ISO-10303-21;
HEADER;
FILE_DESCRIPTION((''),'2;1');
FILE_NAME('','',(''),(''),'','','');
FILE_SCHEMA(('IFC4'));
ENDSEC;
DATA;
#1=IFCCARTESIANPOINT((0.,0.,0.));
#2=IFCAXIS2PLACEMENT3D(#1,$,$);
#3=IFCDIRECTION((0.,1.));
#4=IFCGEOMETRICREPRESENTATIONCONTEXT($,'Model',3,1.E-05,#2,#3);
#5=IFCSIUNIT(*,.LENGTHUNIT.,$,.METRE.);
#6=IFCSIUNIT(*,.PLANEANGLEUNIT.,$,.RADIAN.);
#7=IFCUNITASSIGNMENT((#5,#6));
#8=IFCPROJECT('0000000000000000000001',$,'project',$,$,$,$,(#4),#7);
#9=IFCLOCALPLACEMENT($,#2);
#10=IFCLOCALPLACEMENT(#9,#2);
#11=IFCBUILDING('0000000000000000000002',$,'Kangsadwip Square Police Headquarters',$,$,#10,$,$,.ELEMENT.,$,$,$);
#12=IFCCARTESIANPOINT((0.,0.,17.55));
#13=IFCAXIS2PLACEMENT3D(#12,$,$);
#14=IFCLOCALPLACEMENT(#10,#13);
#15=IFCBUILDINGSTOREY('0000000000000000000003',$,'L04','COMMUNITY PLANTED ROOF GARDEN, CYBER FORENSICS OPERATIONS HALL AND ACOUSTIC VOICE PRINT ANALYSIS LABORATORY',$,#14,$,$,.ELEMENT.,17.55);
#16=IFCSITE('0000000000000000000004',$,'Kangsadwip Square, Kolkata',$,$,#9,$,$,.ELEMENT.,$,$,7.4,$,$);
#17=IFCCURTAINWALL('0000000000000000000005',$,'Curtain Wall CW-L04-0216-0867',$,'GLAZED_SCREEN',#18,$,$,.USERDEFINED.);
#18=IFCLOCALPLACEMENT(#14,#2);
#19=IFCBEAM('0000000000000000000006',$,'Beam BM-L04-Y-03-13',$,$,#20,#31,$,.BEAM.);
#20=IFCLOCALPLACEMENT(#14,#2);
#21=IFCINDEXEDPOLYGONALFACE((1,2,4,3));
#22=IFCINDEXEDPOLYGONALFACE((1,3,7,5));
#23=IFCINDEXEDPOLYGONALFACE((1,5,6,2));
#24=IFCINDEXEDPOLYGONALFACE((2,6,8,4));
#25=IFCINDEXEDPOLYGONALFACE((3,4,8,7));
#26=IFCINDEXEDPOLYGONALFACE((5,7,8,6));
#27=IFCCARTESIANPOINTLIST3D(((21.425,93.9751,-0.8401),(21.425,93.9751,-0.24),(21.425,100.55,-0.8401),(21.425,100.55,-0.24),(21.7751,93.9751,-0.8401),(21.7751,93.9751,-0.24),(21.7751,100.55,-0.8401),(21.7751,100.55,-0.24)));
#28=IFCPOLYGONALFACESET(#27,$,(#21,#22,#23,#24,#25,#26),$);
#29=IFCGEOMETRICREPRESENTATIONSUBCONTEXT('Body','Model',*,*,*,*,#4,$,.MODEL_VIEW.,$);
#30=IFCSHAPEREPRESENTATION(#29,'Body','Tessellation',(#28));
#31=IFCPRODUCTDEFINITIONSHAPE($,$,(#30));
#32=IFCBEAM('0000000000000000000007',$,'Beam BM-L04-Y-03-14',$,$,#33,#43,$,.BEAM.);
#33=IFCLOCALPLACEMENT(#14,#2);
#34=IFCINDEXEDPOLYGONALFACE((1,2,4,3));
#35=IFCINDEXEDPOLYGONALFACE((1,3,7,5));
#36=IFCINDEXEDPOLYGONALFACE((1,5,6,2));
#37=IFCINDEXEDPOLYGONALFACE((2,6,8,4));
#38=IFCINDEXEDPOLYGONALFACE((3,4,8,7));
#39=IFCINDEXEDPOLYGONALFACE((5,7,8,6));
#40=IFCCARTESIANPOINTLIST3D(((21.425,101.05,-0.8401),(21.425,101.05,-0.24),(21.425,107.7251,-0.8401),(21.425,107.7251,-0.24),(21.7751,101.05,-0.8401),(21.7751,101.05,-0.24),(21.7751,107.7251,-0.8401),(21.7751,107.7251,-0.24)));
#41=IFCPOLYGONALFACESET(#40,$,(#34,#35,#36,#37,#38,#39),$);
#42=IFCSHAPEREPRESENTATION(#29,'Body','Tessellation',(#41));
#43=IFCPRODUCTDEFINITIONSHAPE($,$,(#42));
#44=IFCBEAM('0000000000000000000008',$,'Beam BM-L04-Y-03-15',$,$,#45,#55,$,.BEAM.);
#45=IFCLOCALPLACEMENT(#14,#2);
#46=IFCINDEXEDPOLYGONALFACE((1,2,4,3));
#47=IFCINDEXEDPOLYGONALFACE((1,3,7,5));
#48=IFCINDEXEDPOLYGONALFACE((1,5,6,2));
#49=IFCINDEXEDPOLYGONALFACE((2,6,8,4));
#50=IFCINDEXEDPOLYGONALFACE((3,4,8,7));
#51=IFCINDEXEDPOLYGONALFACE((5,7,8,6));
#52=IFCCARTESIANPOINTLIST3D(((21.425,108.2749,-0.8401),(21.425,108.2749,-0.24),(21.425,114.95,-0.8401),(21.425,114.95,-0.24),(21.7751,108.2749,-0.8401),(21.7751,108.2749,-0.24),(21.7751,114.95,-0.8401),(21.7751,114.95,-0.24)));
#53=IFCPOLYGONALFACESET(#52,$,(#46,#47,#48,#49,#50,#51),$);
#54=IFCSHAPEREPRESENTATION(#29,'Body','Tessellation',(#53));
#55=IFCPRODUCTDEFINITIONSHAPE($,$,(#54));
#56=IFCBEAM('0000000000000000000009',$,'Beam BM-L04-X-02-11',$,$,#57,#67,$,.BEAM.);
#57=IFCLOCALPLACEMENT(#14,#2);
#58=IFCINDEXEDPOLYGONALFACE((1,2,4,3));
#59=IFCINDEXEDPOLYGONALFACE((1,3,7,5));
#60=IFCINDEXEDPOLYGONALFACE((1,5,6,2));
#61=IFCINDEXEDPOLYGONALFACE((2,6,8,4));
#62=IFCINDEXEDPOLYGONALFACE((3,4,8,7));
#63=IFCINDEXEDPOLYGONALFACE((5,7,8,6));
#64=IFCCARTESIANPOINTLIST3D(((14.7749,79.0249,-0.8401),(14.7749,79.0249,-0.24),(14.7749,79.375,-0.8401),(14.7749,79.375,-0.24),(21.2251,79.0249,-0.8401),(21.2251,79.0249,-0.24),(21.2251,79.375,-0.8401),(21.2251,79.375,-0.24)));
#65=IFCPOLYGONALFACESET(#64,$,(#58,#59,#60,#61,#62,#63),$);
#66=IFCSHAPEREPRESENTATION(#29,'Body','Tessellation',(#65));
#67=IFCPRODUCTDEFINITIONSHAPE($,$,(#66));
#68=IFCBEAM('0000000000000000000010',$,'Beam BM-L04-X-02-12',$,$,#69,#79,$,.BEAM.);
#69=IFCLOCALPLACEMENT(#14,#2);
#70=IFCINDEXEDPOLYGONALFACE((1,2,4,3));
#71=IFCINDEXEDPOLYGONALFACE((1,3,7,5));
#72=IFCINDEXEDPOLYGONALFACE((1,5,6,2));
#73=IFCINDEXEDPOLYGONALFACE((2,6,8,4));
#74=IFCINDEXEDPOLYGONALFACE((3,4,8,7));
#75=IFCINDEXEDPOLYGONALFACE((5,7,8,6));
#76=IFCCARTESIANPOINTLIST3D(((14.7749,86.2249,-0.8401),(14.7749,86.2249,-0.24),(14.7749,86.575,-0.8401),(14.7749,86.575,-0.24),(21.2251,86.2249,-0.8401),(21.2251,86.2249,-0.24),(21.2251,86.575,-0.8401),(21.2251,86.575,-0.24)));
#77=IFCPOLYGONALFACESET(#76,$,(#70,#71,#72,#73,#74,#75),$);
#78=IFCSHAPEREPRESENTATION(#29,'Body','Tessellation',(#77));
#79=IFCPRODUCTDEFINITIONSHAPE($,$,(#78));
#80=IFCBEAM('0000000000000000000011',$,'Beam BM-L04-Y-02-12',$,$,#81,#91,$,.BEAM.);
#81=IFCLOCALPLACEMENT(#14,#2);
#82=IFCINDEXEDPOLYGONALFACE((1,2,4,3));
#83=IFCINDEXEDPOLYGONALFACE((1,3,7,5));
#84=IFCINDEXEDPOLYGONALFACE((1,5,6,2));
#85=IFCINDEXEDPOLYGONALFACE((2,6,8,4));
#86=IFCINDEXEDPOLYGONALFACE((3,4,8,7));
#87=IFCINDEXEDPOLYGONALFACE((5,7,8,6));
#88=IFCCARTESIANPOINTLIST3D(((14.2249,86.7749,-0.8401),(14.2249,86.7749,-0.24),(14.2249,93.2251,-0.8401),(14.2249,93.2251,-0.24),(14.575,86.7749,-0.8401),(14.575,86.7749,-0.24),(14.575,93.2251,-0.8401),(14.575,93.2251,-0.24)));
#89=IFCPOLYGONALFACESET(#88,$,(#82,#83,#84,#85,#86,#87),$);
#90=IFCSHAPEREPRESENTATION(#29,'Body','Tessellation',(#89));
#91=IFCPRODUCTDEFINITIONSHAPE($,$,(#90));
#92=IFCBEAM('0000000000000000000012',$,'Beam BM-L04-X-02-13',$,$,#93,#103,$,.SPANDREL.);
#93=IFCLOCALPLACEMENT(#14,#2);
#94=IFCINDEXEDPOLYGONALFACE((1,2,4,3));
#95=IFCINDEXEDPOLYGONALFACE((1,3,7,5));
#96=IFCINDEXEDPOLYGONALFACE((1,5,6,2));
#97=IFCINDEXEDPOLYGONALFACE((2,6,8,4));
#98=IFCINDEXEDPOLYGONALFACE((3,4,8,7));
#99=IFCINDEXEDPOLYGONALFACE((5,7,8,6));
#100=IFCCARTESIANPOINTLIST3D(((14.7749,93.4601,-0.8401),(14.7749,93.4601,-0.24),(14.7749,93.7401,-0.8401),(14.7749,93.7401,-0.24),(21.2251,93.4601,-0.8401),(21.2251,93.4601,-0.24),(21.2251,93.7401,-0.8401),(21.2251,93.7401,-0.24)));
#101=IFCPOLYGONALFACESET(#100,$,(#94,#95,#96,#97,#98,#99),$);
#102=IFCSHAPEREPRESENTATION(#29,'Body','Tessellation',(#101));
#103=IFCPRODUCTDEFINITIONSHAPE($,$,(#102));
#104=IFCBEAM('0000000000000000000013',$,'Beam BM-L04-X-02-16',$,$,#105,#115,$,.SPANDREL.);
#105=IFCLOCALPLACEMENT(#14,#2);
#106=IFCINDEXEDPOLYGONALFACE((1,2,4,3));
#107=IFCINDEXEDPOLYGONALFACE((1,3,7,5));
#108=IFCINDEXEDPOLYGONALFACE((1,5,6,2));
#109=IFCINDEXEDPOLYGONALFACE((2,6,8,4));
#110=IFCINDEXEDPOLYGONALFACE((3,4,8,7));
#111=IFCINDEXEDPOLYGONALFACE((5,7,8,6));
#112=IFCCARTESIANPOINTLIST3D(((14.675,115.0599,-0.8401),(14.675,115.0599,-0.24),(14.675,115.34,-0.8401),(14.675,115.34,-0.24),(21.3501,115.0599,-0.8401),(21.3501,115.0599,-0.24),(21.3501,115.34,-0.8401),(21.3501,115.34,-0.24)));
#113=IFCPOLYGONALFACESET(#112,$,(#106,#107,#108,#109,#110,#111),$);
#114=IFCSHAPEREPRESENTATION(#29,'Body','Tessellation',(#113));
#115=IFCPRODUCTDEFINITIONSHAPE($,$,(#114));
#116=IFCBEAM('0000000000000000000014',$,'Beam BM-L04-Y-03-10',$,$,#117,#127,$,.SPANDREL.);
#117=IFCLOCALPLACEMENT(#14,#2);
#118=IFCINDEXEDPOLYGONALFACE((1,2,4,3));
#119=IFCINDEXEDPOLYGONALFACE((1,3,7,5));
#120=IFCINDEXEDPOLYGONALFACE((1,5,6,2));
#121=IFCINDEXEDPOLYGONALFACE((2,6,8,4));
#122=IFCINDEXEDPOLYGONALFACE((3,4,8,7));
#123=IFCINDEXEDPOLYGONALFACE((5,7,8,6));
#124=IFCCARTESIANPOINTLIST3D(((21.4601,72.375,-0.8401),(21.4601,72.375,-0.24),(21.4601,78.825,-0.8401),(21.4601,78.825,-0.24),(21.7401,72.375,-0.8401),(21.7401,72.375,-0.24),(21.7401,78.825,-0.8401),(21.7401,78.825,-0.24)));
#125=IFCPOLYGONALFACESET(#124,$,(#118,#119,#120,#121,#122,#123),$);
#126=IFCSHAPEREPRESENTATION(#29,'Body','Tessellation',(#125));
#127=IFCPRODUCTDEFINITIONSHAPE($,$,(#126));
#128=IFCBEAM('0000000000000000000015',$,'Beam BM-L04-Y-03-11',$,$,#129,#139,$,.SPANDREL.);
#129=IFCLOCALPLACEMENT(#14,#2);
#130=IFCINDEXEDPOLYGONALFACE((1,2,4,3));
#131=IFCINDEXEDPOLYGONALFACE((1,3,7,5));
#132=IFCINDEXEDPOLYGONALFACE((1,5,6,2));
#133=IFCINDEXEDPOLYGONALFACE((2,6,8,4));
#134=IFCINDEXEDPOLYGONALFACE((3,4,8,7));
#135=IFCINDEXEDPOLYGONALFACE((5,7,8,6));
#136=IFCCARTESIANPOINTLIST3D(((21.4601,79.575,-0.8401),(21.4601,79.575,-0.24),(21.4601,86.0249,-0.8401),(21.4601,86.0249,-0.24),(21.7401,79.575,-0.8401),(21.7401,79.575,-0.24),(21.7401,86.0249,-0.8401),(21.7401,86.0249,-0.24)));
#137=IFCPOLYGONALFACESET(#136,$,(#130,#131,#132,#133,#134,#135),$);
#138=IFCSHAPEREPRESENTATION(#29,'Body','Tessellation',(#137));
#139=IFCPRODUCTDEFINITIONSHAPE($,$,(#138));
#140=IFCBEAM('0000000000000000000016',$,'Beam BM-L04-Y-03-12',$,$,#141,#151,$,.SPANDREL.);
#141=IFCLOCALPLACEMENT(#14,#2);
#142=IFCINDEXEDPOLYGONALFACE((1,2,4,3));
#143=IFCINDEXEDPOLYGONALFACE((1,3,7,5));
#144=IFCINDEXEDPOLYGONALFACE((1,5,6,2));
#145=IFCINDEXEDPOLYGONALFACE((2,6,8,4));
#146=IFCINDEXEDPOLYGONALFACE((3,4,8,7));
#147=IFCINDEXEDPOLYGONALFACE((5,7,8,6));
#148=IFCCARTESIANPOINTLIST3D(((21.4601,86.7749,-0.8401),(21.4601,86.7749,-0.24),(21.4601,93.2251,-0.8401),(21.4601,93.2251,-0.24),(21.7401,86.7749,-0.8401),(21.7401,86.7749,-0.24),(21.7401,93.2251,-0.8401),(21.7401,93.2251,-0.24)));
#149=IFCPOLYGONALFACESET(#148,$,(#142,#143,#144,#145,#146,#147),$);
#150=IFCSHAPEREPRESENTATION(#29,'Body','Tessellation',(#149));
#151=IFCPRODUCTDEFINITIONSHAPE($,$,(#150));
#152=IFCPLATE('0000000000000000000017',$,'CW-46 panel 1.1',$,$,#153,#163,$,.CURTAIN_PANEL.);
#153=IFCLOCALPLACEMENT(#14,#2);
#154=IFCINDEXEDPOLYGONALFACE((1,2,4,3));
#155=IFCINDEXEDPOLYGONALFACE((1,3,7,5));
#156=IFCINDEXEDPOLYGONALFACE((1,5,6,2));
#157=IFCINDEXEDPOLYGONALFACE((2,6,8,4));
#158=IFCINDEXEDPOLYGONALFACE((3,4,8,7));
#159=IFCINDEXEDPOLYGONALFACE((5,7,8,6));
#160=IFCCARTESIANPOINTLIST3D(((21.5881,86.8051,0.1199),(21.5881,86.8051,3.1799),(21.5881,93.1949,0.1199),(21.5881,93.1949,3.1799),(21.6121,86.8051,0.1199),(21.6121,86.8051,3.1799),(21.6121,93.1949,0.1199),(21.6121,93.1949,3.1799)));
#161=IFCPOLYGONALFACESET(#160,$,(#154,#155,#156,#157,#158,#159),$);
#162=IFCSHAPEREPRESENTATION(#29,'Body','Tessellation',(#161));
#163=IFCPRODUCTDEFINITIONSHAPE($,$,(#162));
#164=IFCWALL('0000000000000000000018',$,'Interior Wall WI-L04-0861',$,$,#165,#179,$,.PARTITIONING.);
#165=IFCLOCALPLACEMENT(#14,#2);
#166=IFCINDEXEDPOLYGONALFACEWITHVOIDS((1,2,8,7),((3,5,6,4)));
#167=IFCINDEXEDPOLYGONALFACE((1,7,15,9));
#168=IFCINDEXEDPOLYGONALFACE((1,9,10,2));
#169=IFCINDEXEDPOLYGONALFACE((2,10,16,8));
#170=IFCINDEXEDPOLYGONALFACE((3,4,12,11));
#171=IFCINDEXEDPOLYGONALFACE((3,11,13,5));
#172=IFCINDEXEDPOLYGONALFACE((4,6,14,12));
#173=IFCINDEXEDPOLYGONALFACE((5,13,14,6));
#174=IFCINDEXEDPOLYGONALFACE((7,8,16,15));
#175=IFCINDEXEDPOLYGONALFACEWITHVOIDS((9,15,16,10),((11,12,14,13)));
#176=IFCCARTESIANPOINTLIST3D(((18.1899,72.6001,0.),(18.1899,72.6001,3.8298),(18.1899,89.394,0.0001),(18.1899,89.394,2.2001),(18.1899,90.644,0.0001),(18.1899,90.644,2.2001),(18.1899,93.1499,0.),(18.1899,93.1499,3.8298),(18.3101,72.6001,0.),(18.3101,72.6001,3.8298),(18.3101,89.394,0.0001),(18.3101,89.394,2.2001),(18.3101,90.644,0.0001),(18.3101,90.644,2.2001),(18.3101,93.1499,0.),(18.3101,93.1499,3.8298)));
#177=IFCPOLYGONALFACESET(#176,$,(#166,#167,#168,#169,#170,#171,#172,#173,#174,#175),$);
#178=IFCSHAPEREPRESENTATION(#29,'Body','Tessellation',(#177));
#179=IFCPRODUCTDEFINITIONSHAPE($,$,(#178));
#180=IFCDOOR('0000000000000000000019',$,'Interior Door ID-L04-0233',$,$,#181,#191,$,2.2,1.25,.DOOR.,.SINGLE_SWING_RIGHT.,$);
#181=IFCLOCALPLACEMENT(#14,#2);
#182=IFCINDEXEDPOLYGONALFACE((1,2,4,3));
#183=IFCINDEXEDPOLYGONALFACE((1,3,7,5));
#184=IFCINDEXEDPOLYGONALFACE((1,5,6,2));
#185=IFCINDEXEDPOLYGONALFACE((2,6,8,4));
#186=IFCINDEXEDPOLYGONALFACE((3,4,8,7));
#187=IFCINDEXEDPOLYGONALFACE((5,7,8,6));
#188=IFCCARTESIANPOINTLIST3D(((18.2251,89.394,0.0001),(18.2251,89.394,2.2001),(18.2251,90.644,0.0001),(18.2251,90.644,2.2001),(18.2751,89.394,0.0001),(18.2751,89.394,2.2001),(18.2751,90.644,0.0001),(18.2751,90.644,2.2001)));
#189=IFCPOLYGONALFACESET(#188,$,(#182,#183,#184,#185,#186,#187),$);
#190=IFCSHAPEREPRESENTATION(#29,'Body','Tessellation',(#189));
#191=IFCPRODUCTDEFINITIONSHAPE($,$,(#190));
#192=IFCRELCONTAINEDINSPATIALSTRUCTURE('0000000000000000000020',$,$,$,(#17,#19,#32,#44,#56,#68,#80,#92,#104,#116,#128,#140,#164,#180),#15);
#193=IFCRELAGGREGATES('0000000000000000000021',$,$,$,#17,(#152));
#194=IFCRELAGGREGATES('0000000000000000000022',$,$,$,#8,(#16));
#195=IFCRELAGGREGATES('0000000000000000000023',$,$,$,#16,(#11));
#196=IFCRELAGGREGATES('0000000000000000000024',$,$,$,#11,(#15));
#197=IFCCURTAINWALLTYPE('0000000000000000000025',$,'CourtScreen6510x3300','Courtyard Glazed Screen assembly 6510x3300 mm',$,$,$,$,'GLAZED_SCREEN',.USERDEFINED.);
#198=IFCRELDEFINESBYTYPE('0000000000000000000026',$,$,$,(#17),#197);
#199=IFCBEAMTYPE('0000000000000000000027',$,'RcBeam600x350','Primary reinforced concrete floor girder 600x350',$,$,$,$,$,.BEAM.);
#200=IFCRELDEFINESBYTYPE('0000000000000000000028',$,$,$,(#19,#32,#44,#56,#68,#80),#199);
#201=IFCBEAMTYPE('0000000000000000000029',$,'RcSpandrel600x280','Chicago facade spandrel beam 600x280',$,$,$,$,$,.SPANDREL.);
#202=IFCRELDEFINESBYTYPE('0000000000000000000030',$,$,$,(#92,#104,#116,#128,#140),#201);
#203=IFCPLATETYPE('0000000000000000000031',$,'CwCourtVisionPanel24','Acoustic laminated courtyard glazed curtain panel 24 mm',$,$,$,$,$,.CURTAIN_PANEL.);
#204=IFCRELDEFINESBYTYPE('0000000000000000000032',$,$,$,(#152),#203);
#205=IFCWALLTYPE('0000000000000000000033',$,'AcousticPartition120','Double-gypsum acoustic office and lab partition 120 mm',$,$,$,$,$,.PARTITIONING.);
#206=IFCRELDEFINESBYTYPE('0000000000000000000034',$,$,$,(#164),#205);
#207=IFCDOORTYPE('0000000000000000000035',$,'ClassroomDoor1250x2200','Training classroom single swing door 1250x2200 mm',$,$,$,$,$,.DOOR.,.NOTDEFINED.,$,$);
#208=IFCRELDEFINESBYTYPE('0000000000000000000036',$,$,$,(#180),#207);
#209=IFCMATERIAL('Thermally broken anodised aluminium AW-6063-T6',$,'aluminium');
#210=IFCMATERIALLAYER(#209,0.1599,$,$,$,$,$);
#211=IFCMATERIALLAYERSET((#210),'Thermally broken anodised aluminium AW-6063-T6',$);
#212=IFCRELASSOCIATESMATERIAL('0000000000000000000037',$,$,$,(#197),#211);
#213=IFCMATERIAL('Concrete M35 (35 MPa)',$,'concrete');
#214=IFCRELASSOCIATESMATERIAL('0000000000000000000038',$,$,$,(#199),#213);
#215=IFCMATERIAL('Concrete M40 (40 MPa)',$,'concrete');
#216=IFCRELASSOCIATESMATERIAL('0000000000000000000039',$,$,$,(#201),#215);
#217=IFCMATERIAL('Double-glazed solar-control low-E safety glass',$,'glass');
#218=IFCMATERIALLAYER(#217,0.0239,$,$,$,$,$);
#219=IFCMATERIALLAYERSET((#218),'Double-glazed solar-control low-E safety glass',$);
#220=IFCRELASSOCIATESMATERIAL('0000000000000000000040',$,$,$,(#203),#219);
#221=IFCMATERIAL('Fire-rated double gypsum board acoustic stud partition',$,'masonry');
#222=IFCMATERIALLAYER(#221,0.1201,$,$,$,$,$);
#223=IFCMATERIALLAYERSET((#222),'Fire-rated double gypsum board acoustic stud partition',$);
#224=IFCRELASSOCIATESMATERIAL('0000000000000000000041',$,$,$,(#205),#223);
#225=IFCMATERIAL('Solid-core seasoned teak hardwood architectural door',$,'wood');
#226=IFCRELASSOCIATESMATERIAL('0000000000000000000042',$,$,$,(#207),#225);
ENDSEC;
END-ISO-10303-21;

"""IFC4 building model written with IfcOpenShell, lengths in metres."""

from ifc_helpers import new_model, si_unit, direction, frame, frame_2d, origin, origin_2d, place, context, subcontext, project, spatial, rectangle, extrude, material, layer, layer_set, material_profile, profile_set, type_object, element, fill, aggregate, save


model = new_model("IFC4")

# Units and contexts
model_context = context("Model", 3, precision=1e-05, world=origin(), true_north=direction((0.0, 1.0)))
body_context = subcontext(model_context, "Body", "Model", "MODEL_VIEW")
ifc_project = project(units=[si_unit("LENGTHUNIT", "METRE"), si_unit("PLANEANGLEUNIT", "RADIAN")], contexts=[model_context])

# Site, building, storey
site_placement = place(None, origin())
site = spatial("IfcSite", under=ifc_project, at=site_placement, Name="Kangsadwip Square, Kolkata", CompositionType="ELEMENT", RefElevation=7.4)
building_placement = place(site_placement, origin())
building = spatial("IfcBuilding", under=site, at=building_placement, Name="Kangsadwip Square Police Headquarters", CompositionType="ELEMENT")
storey_placement = place(building_placement, frame((0.0, 0.0, 17.55)))
storey = spatial("IfcBuildingStorey", under=building, at=storey_placement, Name="L04", Description="COMMUNITY PLANTED ROOF GARDEN, CYBER FORENSICS OPERATIONS HALL AND ACOUSTIC VOICE PRINT ANALYSIS LABORATORY", CompositionType="ELEMENT", Elevation=17.55)

# Curtain wall
ifc_material_1 = material(Name="Thermally broken anodised aluminium AW-6063-T6", Category="aluminium")
ifc_layer_1 = layer(ifc_material_1, 0.1599)
ifc_layer_set_1 = layer_set([ifc_layer_1], Name="Thermally broken anodised aluminium AW-6063-T6")
curtain_wall_type = type_object("IfcCurtainWallType", Name="CourtScreen6510x3300", Description="Courtyard Glazed Screen assembly 6510x3300 mm", ElementType="GLAZED_SCREEN", PredefinedType="USERDEFINED", material=ifc_layer_set_1)
curtain_wall_placement = place(storey_placement, origin())
curtain_wall = element("IfcCurtainWall", 1, at=curtain_wall_placement, inside=storey, type_object=curtain_wall_type, Name="Curtain Wall CW-L04-0216-0867", ObjectType="GLAZED_SCREEN", PredefinedType="USERDEFINED")

# Beams
ifc_material_2 = material(Name="Concrete M35 (35 MPa)", Category="concrete")
ifc_material_profile_1 = material_profile(ifc_material_2, rectangle(XDim=0.3501, YDim=0.6001, at=origin_2d()), Name="RC BM 600X350")
ifc_profile_set_1 = profile_set([ifc_material_profile_1], Name="Concrete M35 (35 MPa)")
beam_type_1 = type_object("IfcBeamType", Name="RcBeam600x350", Description="Primary reinforced concrete floor girder 600x350", PredefinedType="BEAM", material=ifc_profile_set_1)
beam_1_placement = place(storey_placement, frame((21.6001, 93.9751, -0.54), z_axis=(0.0, 1.0, 0.0), x_axis=(-1.0, 0.0, 0.0)))
element("IfcBeam", 2, at=beam_1_placement, inside=storey, type_object=beam_type_1, Name="Beam BM-L04-Y-03-13", PredefinedType="BEAM", context=body_context, shape_type="SweptSolid", body=[
    extrude(rectangle(XDim=0.3501, YDim=0.6001, at=origin_2d()), origin(), (0.0, 0.0, 1.0), 6.575),
])
for number, where, z_axis, x_axis, name in (
    (3, (21.6001, 101.05, -0.54), (0.0, 1.0, 0.0), (-1.0, 0.0, 0.0), "Beam BM-L04-Y-03-14"),
    (4, (21.6001, 108.2749, -0.54), (0.0, 1.0, 0.0), (-1.0, 0.0, 0.0), "Beam BM-L04-Y-03-15"),
):
    element("IfcBeam", number, at=place(storey_placement, frame(where, z_axis=z_axis, x_axis=x_axis)), inside=storey, type_object=beam_type_1, Name=name, PredefinedType="BEAM", context=body_context, shape_type="SweptSolid", body=[
        extrude(rectangle(XDim=0.3501, YDim=0.6001, at=origin_2d()), origin(), (0.0, 0.0, 1.0), 6.675),
    ])
for number, where, z_axis, x_axis, name in (
    (5, (14.7749, 79.2, -0.54), (1.0, 0.0, 0.0), (0.0, 1.0, 0.0), "Beam BM-L04-X-02-11"),
    (6, (14.7749, 86.3999, -0.54), (1.0, 0.0, 0.0), (0.0, 1.0, 0.0), "Beam BM-L04-X-02-12"),
    (7, (14.3999, 86.7749, -0.54), (0.0, 1.0, 0.0), (-1.0, 0.0, 0.0), "Beam BM-L04-Y-02-12"),
):
    element("IfcBeam", number, at=place(storey_placement, frame(where, z_axis=z_axis, x_axis=x_axis)), inside=storey, type_object=beam_type_1, Name=name, PredefinedType="BEAM", context=body_context, shape_type="SweptSolid", body=[
        extrude(rectangle(XDim=0.3501, YDim=0.6001, at=origin_2d()), origin(), (0.0, 0.0, 1.0), 6.4502),
    ])
ifc_material_3 = material(Name="Concrete M40 (40 MPa)", Category="concrete")
ifc_material_profile_2 = material_profile(ifc_material_3, rectangle(XDim=0.28, YDim=0.6001, at=origin_2d()), Name="RC SPN 600X280")
ifc_profile_set_2 = profile_set([ifc_material_profile_2], Name="Concrete M40 (40 MPa)")
beam_type_2 = type_object("IfcBeamType", Name="RcSpandrel600x280", Description="Chicago facade spandrel beam 600x280", PredefinedType="SPANDREL", material=ifc_profile_set_2)
beam_2_placement = place(storey_placement, frame((14.7749, 93.6001, -0.54), z_axis=(1.0, 0.0, 0.0), x_axis=(0.0, 1.0, 0.0)))
element("IfcBeam", 8, at=beam_2_placement, inside=storey, type_object=beam_type_2, Name="Beam BM-L04-X-02-13", PredefinedType="SPANDREL", context=body_context, shape_type="SweptSolid", body=[
    extrude(rectangle(XDim=0.28, YDim=0.6001, at=origin_2d()), origin(), (0.0, 0.0, 1.0), 6.4502),
])
beam_3_placement = place(storey_placement, frame((14.675, 115.2, -0.54), z_axis=(1.0, 0.0, 0.0), x_axis=(0.0, 1.0, 0.0)))
element("IfcBeam", 9, at=beam_3_placement, inside=storey, type_object=beam_type_2, Name="Beam BM-L04-X-02-16", PredefinedType="SPANDREL", context=body_context, shape_type="SweptSolid", body=[
    extrude(rectangle(XDim=0.28, YDim=0.6001, at=origin_2d()), origin(), (0.0, 0.0, 1.0), 6.675),
])
for number, where, z_axis, x_axis, name in (
    (10, (21.6001, 72.375, -0.54), (0.0, 1.0, 0.0), (-1.0, 0.0, 0.0), "Beam BM-L04-Y-03-10"),
    (11, (21.6001, 79.575, -0.54), (0.0, 1.0, 0.0), (-1.0, 0.0, 0.0), "Beam BM-L04-Y-03-11"),
):
    element("IfcBeam", number, at=place(storey_placement, frame(where, z_axis=z_axis, x_axis=x_axis)), inside=storey, type_object=beam_type_2, Name=name, PredefinedType="SPANDREL", context=body_context, shape_type="SweptSolid", body=[
        extrude(rectangle(XDim=0.28, YDim=0.6001, at=origin_2d()), origin(), (0.0, 0.0, 1.0), 6.45),
    ])
beam_4_placement = place(storey_placement, frame((21.6001, 86.7749, -0.54), z_axis=(0.0, 1.0, 0.0), x_axis=(-1.0, 0.0, 0.0)))
element("IfcBeam", 12, at=beam_4_placement, inside=storey, type_object=beam_type_2, Name="Beam BM-L04-Y-03-12", PredefinedType="SPANDREL", context=body_context, shape_type="SweptSolid", body=[
    extrude(rectangle(XDim=0.28, YDim=0.6001, at=origin_2d()), origin(), (0.0, 0.0, 1.0), 6.4502),
])

# Plate
ifc_material_4 = material(Name="Double-glazed solar-control low-E safety glass", Category="glass")
ifc_layer_2 = layer(ifc_material_4, 0.0239)
ifc_layer_set_2 = layer_set([ifc_layer_2], Name="Double-glazed solar-control low-E safety glass")
plate_type = type_object("IfcPlateType", Name="CwCourtVisionPanel24", Description="Acoustic laminated courtyard glazed curtain panel 24 mm", PredefinedType="CURTAIN_PANEL", material=ifc_layer_set_2)
plate_placement = place(storey_placement, frame((21.6001, 90.0, 0.1199), z_axis=(0.0, 0.0, 1.0), x_axis=(0.0, 1.0, 0.0)))
plate = element("IfcPlate", 13, at=plate_placement, type_object=plate_type, Name="CW-46 panel 1.1", PredefinedType="CURTAIN_PANEL", context=body_context, shape_type="SweptSolid", body=[
    extrude(rectangle(XDim=6.3899, YDim=0.0239, at=origin_2d()), origin(), (0.0, 0.0, 1.0), 3.0601),
])
aggregate(curtain_wall, [plate])

# Wall, opening, door
ifc_material_5 = material(Name="Fire-rated double gypsum board acoustic stud partition", Category="masonry")
ifc_layer_3 = layer(ifc_material_5, 0.1201)
ifc_layer_set_3 = layer_set([ifc_layer_3], Name="Fire-rated double gypsum board acoustic stud partition")
wall_type_1 = type_object("IfcWallType", Name="AcousticPartition120", Description="Double-gypsum acoustic office and lab partition 120 mm", PredefinedType="PARTITIONING", material=ifc_layer_set_3)
wall_1_placement = place(storey_placement, frame((18.25, 72.6001, 0.0), z_axis=(0.0, 0.0, 1.0), x_axis=(0.0, 1.0, 0.0)))
wall_1 = element("IfcWall", 14, at=wall_1_placement, inside=storey, type_object=wall_type_1, Name="Interior Wall WI-L04-0861", PredefinedType="PARTITIONING", context=body_context, shape_type="SweptSolid", body=[
    extrude(rectangle(XDim=20.5498, YDim=0.1201, at=frame_2d((10.2749, 0.0))), origin(), (0.0, 0.0, 1.0), 3.8298),
])
opening_1_placement = place(wall_1_placement, frame((16.7939, 0.0, 0.0)))
opening_1 = element("IfcOpeningElement", 15, at=opening_1_placement, cuts=wall_1, PredefinedType="OPENING", context=body_context, shape_type="SweptSolid", body=[
    extrude(rectangle(XDim=1.25, YDim=2.2, at=frame_2d((0.625, 1.1001))), frame((0.0, 0.0701, 0.0), z_axis=(0.0, -1.0, 0.0), x_axis=(1.0, 0.0, 0.0)), (0.0, 0.0, 1.0), 0.1401),
])
ifc_material_6 = material(Name="Solid-core seasoned teak hardwood architectural door", Category="wood")
door_type = type_object("IfcDoorType", Name="ClassroomDoor1250x2200", Description="Training classroom single swing door 1250x2200 mm", OperationType="NOTDEFINED", PredefinedType="DOOR", material=ifc_material_6)
door_placement = place(opening_1_placement, origin())
door = element("IfcDoor", 16, at=door_placement, inside=storey, type_object=door_type, Name="Interior Door ID-L04-0233", OperationType="SINGLE_SWING_RIGHT", OverallHeight=2.2, OverallWidth=1.25, PredefinedType="DOOR", context=body_context, shape_type="SweptSolid", body=[
    extrude(rectangle(XDim=1.25, YDim=2.2, at=frame_2d((0.625, 1.1001))), frame((0.0, 0.0249, 0.0), z_axis=(0.0, -1.0, 0.0), x_axis=(1.0, 0.0, 0.0)), (0.0, 0.0, 1.0), 0.05),
])
fill(opening_1, door)

save(model, "model.ifc")
